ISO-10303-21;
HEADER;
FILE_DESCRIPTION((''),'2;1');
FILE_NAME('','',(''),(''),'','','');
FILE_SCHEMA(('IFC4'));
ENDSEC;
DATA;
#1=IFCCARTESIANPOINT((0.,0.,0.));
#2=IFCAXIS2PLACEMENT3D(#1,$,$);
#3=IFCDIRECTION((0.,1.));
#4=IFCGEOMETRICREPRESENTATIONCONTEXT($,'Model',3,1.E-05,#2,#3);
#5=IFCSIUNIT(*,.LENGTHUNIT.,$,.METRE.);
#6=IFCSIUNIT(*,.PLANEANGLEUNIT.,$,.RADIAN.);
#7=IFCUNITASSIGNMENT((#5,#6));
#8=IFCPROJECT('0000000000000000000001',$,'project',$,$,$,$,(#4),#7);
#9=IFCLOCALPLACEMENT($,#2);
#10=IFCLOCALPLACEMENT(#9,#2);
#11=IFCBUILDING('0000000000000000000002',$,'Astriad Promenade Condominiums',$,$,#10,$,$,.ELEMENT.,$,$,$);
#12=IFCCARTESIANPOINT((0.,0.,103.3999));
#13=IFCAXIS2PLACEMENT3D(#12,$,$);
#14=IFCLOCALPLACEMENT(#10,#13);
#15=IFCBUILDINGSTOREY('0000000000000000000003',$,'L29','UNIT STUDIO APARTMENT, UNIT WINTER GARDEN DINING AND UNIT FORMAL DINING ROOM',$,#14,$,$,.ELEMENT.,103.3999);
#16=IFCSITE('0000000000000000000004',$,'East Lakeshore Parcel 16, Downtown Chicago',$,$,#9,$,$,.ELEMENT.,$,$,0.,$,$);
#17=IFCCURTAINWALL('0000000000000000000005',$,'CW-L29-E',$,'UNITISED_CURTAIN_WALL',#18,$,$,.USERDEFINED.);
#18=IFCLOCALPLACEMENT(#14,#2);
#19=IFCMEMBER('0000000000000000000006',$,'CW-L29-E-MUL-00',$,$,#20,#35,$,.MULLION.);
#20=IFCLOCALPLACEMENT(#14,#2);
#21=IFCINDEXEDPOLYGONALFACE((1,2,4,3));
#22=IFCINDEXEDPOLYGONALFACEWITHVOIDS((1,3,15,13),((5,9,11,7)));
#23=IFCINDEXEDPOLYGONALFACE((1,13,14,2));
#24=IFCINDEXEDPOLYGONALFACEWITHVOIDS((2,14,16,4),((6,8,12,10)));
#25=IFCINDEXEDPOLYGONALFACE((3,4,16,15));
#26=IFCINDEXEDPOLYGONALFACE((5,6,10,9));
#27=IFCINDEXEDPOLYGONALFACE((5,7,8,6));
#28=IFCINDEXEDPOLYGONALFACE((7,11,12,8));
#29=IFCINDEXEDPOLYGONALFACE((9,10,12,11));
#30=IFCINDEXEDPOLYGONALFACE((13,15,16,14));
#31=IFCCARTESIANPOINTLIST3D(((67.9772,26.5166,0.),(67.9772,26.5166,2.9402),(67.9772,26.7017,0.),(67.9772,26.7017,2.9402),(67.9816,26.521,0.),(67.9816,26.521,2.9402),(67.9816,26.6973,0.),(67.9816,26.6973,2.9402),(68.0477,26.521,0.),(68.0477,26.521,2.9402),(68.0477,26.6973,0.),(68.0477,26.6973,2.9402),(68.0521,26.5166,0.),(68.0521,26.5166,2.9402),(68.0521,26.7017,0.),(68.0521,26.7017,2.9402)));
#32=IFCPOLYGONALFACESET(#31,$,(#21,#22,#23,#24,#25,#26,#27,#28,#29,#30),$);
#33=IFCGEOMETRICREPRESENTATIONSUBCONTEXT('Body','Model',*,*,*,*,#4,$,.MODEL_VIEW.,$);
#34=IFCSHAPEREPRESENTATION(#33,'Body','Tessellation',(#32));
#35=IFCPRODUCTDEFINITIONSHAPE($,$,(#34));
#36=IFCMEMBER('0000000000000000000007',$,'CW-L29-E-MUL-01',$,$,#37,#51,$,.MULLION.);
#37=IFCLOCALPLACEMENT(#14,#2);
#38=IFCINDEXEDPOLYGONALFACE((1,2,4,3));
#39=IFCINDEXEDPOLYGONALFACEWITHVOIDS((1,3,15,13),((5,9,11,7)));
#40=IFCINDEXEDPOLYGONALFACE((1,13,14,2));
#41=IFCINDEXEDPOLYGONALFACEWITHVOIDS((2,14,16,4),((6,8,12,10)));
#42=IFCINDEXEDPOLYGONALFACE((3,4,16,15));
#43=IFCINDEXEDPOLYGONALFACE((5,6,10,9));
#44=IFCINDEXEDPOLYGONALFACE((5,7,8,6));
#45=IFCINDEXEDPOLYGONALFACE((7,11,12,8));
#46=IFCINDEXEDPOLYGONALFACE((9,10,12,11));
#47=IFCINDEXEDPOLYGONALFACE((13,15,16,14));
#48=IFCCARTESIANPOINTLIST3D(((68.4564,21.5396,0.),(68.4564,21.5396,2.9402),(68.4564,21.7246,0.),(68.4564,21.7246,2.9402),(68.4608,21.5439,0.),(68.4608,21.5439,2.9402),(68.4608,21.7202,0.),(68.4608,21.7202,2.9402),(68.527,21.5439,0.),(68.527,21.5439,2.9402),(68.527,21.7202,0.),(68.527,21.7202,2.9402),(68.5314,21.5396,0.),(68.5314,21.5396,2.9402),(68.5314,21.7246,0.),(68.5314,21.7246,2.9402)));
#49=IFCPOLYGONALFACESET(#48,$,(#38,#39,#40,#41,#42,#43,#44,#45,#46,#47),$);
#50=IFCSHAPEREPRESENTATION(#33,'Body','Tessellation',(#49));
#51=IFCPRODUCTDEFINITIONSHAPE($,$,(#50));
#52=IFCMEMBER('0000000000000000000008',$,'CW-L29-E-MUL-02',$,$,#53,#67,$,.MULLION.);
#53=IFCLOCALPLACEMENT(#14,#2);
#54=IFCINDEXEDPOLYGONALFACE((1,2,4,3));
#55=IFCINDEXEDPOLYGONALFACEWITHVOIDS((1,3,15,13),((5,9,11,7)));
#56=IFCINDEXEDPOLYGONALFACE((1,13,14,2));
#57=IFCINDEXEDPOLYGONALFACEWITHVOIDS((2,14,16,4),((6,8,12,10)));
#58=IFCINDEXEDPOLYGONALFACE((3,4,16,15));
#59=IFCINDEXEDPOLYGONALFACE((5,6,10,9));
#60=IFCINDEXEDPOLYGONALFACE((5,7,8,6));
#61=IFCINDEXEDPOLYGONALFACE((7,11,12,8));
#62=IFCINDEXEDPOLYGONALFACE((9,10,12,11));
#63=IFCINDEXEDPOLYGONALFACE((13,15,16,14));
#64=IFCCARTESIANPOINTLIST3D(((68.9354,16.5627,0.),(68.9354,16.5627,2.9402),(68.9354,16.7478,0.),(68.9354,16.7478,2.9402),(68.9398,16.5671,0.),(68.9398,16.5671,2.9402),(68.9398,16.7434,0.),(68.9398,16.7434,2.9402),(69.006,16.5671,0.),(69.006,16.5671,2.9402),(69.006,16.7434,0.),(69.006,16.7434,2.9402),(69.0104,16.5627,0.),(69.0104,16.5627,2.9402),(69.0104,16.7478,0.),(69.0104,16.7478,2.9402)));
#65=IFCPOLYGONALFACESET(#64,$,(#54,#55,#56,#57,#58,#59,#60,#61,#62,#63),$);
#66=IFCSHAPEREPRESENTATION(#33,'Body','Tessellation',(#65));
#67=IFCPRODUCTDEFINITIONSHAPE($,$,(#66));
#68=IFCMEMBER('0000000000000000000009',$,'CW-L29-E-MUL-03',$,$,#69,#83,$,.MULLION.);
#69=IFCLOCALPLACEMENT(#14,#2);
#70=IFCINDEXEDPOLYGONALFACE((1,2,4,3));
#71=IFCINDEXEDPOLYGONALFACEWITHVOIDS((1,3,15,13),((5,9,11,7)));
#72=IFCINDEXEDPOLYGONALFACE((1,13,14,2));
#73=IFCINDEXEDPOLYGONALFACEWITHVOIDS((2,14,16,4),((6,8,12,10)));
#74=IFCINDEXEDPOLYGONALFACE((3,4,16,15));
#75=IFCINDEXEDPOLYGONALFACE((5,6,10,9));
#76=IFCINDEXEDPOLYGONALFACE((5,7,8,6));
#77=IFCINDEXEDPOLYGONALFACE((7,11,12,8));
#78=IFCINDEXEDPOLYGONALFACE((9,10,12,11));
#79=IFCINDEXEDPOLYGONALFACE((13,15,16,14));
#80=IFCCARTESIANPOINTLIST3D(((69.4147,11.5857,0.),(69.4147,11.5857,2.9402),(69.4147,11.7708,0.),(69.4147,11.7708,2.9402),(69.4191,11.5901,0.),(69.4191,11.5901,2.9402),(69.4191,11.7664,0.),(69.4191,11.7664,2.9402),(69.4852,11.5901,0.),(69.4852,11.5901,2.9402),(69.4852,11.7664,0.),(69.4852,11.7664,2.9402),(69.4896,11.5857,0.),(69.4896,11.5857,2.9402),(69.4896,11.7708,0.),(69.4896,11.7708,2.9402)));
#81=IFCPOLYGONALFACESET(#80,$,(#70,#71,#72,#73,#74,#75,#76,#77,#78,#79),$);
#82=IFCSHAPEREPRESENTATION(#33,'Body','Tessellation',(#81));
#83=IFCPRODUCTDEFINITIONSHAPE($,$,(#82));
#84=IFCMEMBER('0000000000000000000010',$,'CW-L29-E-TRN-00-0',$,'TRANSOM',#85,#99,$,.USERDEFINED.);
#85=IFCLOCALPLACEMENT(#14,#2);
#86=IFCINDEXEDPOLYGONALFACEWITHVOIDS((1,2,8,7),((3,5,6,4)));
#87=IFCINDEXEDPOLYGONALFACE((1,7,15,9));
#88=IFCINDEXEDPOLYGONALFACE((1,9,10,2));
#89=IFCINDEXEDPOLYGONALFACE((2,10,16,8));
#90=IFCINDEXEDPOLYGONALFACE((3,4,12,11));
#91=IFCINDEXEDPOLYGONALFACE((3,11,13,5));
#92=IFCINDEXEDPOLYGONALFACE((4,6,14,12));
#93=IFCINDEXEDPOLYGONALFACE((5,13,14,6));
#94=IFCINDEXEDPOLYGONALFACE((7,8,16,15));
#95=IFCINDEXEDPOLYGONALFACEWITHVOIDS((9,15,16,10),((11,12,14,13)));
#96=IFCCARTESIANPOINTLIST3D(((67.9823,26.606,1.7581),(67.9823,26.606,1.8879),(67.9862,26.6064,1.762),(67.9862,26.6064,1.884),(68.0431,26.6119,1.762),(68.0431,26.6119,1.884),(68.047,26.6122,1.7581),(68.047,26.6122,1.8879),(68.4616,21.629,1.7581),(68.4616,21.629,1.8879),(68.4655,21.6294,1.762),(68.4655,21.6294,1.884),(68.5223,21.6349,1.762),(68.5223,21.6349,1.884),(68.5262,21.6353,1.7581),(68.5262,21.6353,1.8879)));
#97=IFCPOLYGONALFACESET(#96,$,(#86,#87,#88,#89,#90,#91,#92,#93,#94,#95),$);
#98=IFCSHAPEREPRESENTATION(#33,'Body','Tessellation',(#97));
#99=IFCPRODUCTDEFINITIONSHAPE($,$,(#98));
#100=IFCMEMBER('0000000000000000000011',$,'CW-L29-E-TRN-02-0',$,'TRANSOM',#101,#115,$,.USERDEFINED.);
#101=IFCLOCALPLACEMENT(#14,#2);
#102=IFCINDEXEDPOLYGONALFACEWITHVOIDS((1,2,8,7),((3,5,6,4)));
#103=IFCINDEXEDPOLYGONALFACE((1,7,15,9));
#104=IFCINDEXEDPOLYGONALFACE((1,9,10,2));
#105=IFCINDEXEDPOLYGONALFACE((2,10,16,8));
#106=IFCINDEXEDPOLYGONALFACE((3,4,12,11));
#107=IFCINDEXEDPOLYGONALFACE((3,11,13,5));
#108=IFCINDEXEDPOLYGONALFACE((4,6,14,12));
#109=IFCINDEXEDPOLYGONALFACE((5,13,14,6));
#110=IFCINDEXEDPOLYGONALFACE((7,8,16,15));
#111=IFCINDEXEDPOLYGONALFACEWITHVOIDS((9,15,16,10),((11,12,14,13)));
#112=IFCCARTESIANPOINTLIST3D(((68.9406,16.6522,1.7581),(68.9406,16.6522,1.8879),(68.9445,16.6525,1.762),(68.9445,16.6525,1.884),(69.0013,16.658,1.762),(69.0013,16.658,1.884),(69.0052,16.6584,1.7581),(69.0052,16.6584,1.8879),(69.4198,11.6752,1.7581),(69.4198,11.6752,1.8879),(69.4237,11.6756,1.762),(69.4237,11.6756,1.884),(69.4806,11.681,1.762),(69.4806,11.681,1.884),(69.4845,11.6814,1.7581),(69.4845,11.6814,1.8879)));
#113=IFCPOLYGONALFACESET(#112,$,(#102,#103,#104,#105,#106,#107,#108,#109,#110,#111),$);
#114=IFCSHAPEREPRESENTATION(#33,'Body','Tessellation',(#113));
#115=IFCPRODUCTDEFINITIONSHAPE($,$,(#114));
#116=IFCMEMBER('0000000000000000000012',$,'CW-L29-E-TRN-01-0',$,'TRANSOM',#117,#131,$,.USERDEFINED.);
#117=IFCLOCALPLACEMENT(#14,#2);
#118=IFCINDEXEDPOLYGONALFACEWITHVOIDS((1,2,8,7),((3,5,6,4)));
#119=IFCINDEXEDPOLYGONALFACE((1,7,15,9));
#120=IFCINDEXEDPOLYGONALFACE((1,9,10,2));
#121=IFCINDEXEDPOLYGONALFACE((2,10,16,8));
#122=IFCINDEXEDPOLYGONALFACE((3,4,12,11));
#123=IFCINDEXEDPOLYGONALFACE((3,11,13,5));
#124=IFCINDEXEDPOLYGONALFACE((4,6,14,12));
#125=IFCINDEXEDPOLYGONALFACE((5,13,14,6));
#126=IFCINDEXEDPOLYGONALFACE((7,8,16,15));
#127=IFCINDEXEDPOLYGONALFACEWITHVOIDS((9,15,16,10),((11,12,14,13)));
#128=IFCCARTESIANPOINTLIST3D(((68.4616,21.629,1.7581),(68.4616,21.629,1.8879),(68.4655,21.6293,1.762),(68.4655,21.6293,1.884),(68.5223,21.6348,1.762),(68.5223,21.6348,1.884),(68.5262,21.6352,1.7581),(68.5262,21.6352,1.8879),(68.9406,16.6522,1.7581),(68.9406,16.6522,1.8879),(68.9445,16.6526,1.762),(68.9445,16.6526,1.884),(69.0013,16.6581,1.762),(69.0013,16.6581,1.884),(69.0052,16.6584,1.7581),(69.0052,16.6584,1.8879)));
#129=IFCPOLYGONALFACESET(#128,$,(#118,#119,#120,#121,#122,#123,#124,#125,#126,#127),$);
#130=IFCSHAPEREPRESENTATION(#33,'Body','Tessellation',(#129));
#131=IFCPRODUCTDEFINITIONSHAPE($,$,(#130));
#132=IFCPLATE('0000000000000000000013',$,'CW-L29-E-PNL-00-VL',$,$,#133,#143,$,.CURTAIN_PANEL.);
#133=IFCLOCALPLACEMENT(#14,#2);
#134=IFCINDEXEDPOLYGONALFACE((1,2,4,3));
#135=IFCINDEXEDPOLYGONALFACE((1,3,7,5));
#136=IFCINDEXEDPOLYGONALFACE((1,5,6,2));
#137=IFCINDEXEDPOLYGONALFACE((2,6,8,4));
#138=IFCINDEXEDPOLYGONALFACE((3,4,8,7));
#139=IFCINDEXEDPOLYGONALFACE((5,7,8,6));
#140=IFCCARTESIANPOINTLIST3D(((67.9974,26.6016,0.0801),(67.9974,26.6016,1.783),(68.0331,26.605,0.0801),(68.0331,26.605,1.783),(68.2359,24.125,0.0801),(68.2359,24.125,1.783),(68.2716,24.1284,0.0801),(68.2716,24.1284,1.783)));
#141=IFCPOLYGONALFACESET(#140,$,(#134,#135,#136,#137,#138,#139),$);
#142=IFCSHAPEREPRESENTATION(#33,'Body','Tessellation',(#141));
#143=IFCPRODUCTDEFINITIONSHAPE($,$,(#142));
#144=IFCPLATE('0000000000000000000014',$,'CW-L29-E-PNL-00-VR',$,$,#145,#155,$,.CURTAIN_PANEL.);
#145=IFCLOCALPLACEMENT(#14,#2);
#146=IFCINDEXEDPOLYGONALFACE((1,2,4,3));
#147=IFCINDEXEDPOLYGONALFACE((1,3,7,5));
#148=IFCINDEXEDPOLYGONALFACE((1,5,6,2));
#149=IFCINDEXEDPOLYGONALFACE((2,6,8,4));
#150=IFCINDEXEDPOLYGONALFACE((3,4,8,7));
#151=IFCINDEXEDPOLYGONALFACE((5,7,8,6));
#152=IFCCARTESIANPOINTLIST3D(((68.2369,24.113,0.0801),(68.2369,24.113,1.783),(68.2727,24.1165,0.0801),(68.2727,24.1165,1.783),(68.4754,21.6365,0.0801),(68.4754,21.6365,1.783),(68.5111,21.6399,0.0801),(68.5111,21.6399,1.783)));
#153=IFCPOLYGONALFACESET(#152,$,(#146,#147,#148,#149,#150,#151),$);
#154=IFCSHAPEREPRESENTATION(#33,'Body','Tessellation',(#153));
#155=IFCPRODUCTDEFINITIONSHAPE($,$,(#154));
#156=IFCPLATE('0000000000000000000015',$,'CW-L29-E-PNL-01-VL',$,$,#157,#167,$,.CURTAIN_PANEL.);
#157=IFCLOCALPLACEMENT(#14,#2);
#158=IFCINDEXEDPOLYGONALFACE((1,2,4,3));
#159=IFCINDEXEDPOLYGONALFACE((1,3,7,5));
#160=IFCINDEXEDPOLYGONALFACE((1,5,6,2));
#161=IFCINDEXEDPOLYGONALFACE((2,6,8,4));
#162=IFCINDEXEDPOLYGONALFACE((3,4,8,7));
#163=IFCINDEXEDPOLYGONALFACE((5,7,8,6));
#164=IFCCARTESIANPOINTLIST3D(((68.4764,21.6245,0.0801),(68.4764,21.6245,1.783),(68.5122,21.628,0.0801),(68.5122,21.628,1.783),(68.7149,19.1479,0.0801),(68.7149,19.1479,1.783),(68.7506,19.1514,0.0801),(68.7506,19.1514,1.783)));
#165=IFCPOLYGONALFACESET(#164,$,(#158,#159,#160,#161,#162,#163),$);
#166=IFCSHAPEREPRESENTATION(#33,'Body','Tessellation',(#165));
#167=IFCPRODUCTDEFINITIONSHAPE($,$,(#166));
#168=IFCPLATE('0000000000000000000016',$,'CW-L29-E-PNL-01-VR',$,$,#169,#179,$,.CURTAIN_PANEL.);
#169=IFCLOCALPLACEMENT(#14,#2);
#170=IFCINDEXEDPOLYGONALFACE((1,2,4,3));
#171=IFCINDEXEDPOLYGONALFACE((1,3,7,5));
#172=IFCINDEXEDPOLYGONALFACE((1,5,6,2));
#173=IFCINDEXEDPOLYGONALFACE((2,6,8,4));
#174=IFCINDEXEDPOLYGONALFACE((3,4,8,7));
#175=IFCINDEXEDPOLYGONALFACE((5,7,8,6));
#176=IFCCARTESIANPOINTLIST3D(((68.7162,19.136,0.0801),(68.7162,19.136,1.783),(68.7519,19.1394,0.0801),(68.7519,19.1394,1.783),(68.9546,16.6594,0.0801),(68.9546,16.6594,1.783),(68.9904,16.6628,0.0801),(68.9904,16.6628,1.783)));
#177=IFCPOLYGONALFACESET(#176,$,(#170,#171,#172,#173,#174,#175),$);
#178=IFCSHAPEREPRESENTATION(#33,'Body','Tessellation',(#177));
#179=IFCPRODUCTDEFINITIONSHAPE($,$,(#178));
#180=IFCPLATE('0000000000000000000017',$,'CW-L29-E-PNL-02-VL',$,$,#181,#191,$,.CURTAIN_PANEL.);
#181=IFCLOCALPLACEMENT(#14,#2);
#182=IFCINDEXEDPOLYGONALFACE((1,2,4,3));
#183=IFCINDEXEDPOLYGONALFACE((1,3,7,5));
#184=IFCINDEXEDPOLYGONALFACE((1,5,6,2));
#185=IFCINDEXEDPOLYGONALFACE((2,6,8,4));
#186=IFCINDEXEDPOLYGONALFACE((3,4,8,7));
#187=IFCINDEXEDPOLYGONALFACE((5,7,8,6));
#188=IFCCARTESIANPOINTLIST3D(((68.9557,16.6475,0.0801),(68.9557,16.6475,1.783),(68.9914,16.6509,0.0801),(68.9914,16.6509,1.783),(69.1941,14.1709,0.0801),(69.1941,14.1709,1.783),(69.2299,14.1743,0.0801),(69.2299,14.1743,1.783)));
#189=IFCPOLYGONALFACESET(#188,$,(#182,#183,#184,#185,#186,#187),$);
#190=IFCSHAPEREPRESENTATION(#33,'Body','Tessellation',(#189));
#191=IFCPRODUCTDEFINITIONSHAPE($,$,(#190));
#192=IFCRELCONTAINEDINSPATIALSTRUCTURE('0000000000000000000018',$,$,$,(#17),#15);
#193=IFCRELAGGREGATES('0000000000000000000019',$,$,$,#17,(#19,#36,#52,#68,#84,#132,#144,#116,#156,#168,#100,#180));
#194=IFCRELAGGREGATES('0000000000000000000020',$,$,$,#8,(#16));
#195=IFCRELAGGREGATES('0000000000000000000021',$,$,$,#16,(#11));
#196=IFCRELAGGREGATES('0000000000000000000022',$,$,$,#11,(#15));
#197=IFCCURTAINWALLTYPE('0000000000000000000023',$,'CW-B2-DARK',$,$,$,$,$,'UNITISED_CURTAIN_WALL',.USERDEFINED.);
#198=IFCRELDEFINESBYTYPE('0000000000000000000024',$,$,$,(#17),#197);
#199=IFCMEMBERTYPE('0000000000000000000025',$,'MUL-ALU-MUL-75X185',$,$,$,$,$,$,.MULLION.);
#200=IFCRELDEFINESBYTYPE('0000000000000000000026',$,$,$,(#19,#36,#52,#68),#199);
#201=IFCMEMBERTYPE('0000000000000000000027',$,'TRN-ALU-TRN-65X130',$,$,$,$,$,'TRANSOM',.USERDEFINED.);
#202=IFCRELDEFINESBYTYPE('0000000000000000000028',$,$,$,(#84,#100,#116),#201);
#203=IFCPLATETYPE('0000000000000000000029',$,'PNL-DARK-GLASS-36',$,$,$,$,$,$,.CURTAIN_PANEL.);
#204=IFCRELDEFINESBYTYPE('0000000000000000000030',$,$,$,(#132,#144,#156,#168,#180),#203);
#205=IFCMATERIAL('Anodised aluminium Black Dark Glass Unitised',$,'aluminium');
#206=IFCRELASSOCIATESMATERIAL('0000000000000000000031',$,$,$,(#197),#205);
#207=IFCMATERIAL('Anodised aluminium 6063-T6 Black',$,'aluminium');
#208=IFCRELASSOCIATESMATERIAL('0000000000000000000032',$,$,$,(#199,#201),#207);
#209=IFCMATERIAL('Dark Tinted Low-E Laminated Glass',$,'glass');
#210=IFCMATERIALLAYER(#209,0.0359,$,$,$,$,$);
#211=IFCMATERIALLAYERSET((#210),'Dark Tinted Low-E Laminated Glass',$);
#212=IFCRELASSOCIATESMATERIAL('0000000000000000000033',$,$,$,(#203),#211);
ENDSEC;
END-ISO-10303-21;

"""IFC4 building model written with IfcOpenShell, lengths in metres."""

from ifc_helpers import new_model, si_unit, direction, frame, origin, origin_2d, place, context, subcontext, project, spatial, rectangle, hollow_rectangle, extrude, source, transform, mapped, material, layer, layer_set, material_profile, profile_set, type_object, type_shapes, element, aggregate, save


model = new_model("IFC4")

# Units and contexts
model_context = context("Model", 3, precision=1e-05, world=origin(), true_north=direction((0.0, 1.0)))
body_context = subcontext(model_context, "Body", "Model", "MODEL_VIEW")
ifc_project = project(units=[si_unit("LENGTHUNIT", "METRE"), si_unit("PLANEANGLEUNIT", "RADIAN")], contexts=[model_context])

# Site, building, storey
site_placement = place(None, origin())
site = spatial("IfcSite", under=ifc_project, at=site_placement, Name="East Lakeshore Parcel 16, Downtown Chicago", CompositionType="ELEMENT", RefElevation=0.0)
building_placement = place(site_placement, origin())
building = spatial("IfcBuilding", under=site, at=building_placement, Name="Astriad Promenade Condominiums", CompositionType="ELEMENT")
storey_placement = place(building_placement, frame((0.0, 0.0, 103.3999)))
storey = spatial("IfcBuildingStorey", under=building, at=storey_placement, Name="L29", Description="UNIT STUDIO APARTMENT, UNIT WINTER GARDEN DINING AND UNIT FORMAL DINING ROOM", CompositionType="ELEMENT", Elevation=103.3999)

# Curtain wall, members, plates
ifc_material_1 = material(Name="Anodised aluminium Black Dark Glass Unitised", Category="aluminium")
curtain_wall_type = type_object("IfcCurtainWallType", Name="CW-B2-DARK", ElementType="UNITISED_CURTAIN_WALL", PredefinedType="USERDEFINED", material=ifc_material_1)
curtain_wall_placement = place(storey_placement, origin())
curtain_wall = element("IfcCurtainWall", 1, at=curtain_wall_placement, inside=storey, type_object=curtain_wall_type, Name="CW-L29-E", ObjectType="UNITISED_CURTAIN_WALL", PredefinedType="USERDEFINED")
ifc_material_2 = material(Name="Anodised aluminium 6063-T6 Black", Category="aluminium")
ifc_material_profile_1 = material_profile(ifc_material_2, hollow_rectangle(XDim=0.075, YDim=0.1851, WallThickness=0.0044, at=origin_2d()), Name="ALU-MUL-75X185")
ifc_profile_set_1 = profile_set([ifc_material_profile_1], Name="Anodised aluminium 6063-T6 Black")
member_type_1 = type_object("IfcMemberType", Name="MUL-ALU-MUL-75X185", PredefinedType="MULLION", material=ifc_profile_set_1)
shared_shape_1 = source(origin(), body_context, "Body", "SweptSolid", [
    extrude(hollow_rectangle(XDim=0.075, YDim=0.1851, WallThickness=0.0044, at=origin_2d()), origin(), (0.0, 0.0, 1.0), 2.9402),
])
type_shapes(member_type_1, [shared_shape_1])
member_1_placement = place(storey_placement, frame((68.0146, 26.6091, 0.0), z_axis=(0.0, 0.0, 1.0), x_axis=(1.0, 0.0, 0.0)))
member_1 = element("IfcMember", 2, at=member_1_placement, type_object=member_type_1, Name="CW-L29-E-MUL-00", PredefinedType="MULLION", context=body_context, shape_type="MappedRepresentation", body=[
    mapped(shared_shape_1, transform((0.0, 0.0, 0.0), scale=1.0)),
])
member_2_placement = place(storey_placement, frame((68.4939, 21.6321, 0.0), z_axis=(0.0, 0.0, 1.0), x_axis=(1.0, 0.0, 0.0)))
member_2 = element("IfcMember", 3, at=member_2_placement, type_object=member_type_1, Name="CW-L29-E-MUL-01", PredefinedType="MULLION", context=body_context, shape_type="MappedRepresentation", body=[
    mapped(shared_shape_1, transform((0.0, 0.0, 0.0), scale=1.0)),
])
member_3_placement = place(storey_placement, frame((68.9729, 16.6553, 0.0), z_axis=(0.0, 0.0, 1.0), x_axis=(1.0, 0.0, 0.0)))
member_3 = element("IfcMember", 4, at=member_3_placement, type_object=member_type_1, Name="CW-L29-E-MUL-02", PredefinedType="MULLION", context=body_context, shape_type="MappedRepresentation", body=[
    mapped(shared_shape_1, transform((0.0, 0.0, 0.0), scale=1.0)),
])
member_4_placement = place(storey_placement, frame((69.4521, 11.6782, 0.0), z_axis=(0.0, 0.0, 1.0), x_axis=(1.0, 0.0, 0.0)))
member_4 = element("IfcMember", 5, at=member_4_placement, type_object=member_type_1, Name="CW-L29-E-MUL-03", PredefinedType="MULLION", context=body_context, shape_type="MappedRepresentation", body=[
    mapped(shared_shape_1, transform((0.0, 0.0, 0.0), scale=1.0)),
])
ifc_material_profile_2 = material_profile(ifc_material_2, hollow_rectangle(XDim=0.0649, YDim=0.1299, WallThickness=0.0039, at=origin_2d()), Name="ALU-TRN-65X130")
ifc_profile_set_2 = profile_set([ifc_material_profile_2], Name="Anodised aluminium 6063-T6 Black")
member_type_2 = type_object("IfcMemberType", Name="TRN-ALU-TRN-65X130", ElementType="TRANSOM", PredefinedType="USERDEFINED", material=ifc_profile_set_2)
shared_shape_2 = source(origin(), body_context, "Body", "SweptSolid", [
    extrude(hollow_rectangle(XDim=0.0649, YDim=0.1299, WallThickness=0.0039, at=origin_2d()), origin(), (0.0, 0.0, 1.0), 5.0),
])
member_5_placement = place(storey_placement, frame((68.0146, 26.6091, 1.823), z_axis=(0.095848, -0.995396, 0.0), x_axis=(0.995396, 0.095848, 0.0)))
member_5 = element("IfcMember", 6, at=member_5_placement, type_object=member_type_2, Name="CW-L29-E-TRN-00-0", ObjectType="TRANSOM", PredefinedType="USERDEFINED", context=body_context, shape_type="MappedRepresentation", body=[
    mapped(shared_shape_2, transform((0.0, 0.0, 0.0), scale=1.0)),
])
member_6_placement = place(storey_placement, frame((68.9729, 16.6553, 1.823), z_axis=(0.095848, -0.995396, 0.0), x_axis=(0.995396, 0.095848, 0.0)))
member_6 = element("IfcMember", 7, at=member_6_placement, type_object=member_type_2, Name="CW-L29-E-TRN-02-0", ObjectType="TRANSOM", PredefinedType="USERDEFINED", context=body_context, shape_type="MappedRepresentation", body=[
    mapped(shared_shape_2, transform((0.0, 0.0, 0.0), scale=1.0)),
])
shared_shape_3 = source(origin(), body_context, "Body", "SweptSolid", [
    extrude(hollow_rectangle(XDim=0.0649, YDim=0.1299, WallThickness=0.0039, at=origin_2d()), origin(), (0.0, 0.0, 1.0), 4.9998),
])
type_shapes(member_type_2, [shared_shape_2, shared_shape_3])
member_7_placement = place(storey_placement, frame((68.4939, 21.6321, 1.823), z_axis=(0.095805, -0.9954, 0.0), x_axis=(0.9954, 0.095805, 0.0)))
member_7 = element("IfcMember", 8, at=member_7_placement, type_object=member_type_2, Name="CW-L29-E-TRN-01-0", ObjectType="TRANSOM", PredefinedType="USERDEFINED", context=body_context, shape_type="MappedRepresentation", body=[
    mapped(shared_shape_3, transform((0.0, 0.0, 0.0), scale=1.0)),
])
ifc_material_3 = material(Name="Dark Tinted Low-E Laminated Glass", Category="glass")
ifc_layer_1 = layer(ifc_material_3, 0.0359)
ifc_layer_set_1 = layer_set([ifc_layer_1], Name="Dark Tinted Low-E Laminated Glass")
plate_type = type_object("IfcPlateType", Name="PNL-DARK-GLASS-36", PredefinedType="CURTAIN_PANEL", material=ifc_layer_set_1)
shared_shape_4 = source(origin(), body_context, "Body", "SweptSolid", [
    extrude(rectangle(XDim=2.488, YDim=0.0359, at=origin_2d()), origin(), (0.0, 0.0, 1.0), 1.7029),
])
plate_1_placement = place(storey_placement, frame((68.1345, 25.365, 0.0801), z_axis=(0.0, 0.0, 1.0), x_axis=(0.095846, -0.995396, 0.0)))
plate_1 = element("IfcPlate", 9, at=plate_1_placement, type_object=plate_type, Name="CW-L29-E-PNL-00-VL", PredefinedType="CURTAIN_PANEL", context=body_context, shape_type="MappedRepresentation", body=[
    mapped(shared_shape_4, transform((0.0, 0.0, 0.0), scale=1.0)),
])
plate_2_placement = place(storey_placement, frame((68.374, 22.8765, 0.0801), z_axis=(0.0, 0.0, 1.0), x_axis=(0.095846, -0.995396, 0.0)))
plate_2 = element("IfcPlate", 10, at=plate_2_placement, type_object=plate_type, Name="CW-L29-E-PNL-00-VR", PredefinedType="CURTAIN_PANEL", context=body_context, shape_type="MappedRepresentation", body=[
    mapped(shared_shape_4, transform((0.0, 0.0, 0.0), scale=1.0)),
])
plate_3_placement = place(storey_placement, frame((68.6135, 20.3879, 0.0801), z_axis=(0.0, 0.0, 1.0), x_axis=(0.095846, -0.995396, 0.0)))
plate_3 = element("IfcPlate", 11, at=plate_3_placement, type_object=plate_type, Name="CW-L29-E-PNL-01-VL", PredefinedType="CURTAIN_PANEL", context=body_context, shape_type="MappedRepresentation", body=[
    mapped(shared_shape_4, transform((0.0, 0.0, 0.0), scale=1.0)),
])
plate_4_placement = place(storey_placement, frame((68.8533, 17.8994, 0.0801), z_axis=(0.0, 0.0, 1.0), x_axis=(0.095846, -0.995396, 0.0)))
plate_4 = element("IfcPlate", 12, at=plate_4_placement, type_object=plate_type, Name="CW-L29-E-PNL-01-VR", PredefinedType="CURTAIN_PANEL", context=body_context, shape_type="MappedRepresentation", body=[
    mapped(shared_shape_4, transform((0.0, 0.0, 0.0), scale=1.0)),
])
plate_5_placement = place(storey_placement, frame((69.0928, 15.4109, 0.0801), z_axis=(0.0, 0.0, 1.0), x_axis=(0.095846, -0.995396, 0.0)))
plate_5 = element("IfcPlate", 13, at=plate_5_placement, type_object=plate_type, Name="CW-L29-E-PNL-02-VL", PredefinedType="CURTAIN_PANEL", context=body_context, shape_type="MappedRepresentation", body=[
    mapped(shared_shape_4, transform((0.0, 0.0, 0.0), scale=1.0)),
])
aggregate(curtain_wall, [member_1, member_2, member_3, member_4, member_5, plate_1, plate_2, member_7, plate_3, plate_4, member_6, plate_5])

save(model, "model.ifc")
